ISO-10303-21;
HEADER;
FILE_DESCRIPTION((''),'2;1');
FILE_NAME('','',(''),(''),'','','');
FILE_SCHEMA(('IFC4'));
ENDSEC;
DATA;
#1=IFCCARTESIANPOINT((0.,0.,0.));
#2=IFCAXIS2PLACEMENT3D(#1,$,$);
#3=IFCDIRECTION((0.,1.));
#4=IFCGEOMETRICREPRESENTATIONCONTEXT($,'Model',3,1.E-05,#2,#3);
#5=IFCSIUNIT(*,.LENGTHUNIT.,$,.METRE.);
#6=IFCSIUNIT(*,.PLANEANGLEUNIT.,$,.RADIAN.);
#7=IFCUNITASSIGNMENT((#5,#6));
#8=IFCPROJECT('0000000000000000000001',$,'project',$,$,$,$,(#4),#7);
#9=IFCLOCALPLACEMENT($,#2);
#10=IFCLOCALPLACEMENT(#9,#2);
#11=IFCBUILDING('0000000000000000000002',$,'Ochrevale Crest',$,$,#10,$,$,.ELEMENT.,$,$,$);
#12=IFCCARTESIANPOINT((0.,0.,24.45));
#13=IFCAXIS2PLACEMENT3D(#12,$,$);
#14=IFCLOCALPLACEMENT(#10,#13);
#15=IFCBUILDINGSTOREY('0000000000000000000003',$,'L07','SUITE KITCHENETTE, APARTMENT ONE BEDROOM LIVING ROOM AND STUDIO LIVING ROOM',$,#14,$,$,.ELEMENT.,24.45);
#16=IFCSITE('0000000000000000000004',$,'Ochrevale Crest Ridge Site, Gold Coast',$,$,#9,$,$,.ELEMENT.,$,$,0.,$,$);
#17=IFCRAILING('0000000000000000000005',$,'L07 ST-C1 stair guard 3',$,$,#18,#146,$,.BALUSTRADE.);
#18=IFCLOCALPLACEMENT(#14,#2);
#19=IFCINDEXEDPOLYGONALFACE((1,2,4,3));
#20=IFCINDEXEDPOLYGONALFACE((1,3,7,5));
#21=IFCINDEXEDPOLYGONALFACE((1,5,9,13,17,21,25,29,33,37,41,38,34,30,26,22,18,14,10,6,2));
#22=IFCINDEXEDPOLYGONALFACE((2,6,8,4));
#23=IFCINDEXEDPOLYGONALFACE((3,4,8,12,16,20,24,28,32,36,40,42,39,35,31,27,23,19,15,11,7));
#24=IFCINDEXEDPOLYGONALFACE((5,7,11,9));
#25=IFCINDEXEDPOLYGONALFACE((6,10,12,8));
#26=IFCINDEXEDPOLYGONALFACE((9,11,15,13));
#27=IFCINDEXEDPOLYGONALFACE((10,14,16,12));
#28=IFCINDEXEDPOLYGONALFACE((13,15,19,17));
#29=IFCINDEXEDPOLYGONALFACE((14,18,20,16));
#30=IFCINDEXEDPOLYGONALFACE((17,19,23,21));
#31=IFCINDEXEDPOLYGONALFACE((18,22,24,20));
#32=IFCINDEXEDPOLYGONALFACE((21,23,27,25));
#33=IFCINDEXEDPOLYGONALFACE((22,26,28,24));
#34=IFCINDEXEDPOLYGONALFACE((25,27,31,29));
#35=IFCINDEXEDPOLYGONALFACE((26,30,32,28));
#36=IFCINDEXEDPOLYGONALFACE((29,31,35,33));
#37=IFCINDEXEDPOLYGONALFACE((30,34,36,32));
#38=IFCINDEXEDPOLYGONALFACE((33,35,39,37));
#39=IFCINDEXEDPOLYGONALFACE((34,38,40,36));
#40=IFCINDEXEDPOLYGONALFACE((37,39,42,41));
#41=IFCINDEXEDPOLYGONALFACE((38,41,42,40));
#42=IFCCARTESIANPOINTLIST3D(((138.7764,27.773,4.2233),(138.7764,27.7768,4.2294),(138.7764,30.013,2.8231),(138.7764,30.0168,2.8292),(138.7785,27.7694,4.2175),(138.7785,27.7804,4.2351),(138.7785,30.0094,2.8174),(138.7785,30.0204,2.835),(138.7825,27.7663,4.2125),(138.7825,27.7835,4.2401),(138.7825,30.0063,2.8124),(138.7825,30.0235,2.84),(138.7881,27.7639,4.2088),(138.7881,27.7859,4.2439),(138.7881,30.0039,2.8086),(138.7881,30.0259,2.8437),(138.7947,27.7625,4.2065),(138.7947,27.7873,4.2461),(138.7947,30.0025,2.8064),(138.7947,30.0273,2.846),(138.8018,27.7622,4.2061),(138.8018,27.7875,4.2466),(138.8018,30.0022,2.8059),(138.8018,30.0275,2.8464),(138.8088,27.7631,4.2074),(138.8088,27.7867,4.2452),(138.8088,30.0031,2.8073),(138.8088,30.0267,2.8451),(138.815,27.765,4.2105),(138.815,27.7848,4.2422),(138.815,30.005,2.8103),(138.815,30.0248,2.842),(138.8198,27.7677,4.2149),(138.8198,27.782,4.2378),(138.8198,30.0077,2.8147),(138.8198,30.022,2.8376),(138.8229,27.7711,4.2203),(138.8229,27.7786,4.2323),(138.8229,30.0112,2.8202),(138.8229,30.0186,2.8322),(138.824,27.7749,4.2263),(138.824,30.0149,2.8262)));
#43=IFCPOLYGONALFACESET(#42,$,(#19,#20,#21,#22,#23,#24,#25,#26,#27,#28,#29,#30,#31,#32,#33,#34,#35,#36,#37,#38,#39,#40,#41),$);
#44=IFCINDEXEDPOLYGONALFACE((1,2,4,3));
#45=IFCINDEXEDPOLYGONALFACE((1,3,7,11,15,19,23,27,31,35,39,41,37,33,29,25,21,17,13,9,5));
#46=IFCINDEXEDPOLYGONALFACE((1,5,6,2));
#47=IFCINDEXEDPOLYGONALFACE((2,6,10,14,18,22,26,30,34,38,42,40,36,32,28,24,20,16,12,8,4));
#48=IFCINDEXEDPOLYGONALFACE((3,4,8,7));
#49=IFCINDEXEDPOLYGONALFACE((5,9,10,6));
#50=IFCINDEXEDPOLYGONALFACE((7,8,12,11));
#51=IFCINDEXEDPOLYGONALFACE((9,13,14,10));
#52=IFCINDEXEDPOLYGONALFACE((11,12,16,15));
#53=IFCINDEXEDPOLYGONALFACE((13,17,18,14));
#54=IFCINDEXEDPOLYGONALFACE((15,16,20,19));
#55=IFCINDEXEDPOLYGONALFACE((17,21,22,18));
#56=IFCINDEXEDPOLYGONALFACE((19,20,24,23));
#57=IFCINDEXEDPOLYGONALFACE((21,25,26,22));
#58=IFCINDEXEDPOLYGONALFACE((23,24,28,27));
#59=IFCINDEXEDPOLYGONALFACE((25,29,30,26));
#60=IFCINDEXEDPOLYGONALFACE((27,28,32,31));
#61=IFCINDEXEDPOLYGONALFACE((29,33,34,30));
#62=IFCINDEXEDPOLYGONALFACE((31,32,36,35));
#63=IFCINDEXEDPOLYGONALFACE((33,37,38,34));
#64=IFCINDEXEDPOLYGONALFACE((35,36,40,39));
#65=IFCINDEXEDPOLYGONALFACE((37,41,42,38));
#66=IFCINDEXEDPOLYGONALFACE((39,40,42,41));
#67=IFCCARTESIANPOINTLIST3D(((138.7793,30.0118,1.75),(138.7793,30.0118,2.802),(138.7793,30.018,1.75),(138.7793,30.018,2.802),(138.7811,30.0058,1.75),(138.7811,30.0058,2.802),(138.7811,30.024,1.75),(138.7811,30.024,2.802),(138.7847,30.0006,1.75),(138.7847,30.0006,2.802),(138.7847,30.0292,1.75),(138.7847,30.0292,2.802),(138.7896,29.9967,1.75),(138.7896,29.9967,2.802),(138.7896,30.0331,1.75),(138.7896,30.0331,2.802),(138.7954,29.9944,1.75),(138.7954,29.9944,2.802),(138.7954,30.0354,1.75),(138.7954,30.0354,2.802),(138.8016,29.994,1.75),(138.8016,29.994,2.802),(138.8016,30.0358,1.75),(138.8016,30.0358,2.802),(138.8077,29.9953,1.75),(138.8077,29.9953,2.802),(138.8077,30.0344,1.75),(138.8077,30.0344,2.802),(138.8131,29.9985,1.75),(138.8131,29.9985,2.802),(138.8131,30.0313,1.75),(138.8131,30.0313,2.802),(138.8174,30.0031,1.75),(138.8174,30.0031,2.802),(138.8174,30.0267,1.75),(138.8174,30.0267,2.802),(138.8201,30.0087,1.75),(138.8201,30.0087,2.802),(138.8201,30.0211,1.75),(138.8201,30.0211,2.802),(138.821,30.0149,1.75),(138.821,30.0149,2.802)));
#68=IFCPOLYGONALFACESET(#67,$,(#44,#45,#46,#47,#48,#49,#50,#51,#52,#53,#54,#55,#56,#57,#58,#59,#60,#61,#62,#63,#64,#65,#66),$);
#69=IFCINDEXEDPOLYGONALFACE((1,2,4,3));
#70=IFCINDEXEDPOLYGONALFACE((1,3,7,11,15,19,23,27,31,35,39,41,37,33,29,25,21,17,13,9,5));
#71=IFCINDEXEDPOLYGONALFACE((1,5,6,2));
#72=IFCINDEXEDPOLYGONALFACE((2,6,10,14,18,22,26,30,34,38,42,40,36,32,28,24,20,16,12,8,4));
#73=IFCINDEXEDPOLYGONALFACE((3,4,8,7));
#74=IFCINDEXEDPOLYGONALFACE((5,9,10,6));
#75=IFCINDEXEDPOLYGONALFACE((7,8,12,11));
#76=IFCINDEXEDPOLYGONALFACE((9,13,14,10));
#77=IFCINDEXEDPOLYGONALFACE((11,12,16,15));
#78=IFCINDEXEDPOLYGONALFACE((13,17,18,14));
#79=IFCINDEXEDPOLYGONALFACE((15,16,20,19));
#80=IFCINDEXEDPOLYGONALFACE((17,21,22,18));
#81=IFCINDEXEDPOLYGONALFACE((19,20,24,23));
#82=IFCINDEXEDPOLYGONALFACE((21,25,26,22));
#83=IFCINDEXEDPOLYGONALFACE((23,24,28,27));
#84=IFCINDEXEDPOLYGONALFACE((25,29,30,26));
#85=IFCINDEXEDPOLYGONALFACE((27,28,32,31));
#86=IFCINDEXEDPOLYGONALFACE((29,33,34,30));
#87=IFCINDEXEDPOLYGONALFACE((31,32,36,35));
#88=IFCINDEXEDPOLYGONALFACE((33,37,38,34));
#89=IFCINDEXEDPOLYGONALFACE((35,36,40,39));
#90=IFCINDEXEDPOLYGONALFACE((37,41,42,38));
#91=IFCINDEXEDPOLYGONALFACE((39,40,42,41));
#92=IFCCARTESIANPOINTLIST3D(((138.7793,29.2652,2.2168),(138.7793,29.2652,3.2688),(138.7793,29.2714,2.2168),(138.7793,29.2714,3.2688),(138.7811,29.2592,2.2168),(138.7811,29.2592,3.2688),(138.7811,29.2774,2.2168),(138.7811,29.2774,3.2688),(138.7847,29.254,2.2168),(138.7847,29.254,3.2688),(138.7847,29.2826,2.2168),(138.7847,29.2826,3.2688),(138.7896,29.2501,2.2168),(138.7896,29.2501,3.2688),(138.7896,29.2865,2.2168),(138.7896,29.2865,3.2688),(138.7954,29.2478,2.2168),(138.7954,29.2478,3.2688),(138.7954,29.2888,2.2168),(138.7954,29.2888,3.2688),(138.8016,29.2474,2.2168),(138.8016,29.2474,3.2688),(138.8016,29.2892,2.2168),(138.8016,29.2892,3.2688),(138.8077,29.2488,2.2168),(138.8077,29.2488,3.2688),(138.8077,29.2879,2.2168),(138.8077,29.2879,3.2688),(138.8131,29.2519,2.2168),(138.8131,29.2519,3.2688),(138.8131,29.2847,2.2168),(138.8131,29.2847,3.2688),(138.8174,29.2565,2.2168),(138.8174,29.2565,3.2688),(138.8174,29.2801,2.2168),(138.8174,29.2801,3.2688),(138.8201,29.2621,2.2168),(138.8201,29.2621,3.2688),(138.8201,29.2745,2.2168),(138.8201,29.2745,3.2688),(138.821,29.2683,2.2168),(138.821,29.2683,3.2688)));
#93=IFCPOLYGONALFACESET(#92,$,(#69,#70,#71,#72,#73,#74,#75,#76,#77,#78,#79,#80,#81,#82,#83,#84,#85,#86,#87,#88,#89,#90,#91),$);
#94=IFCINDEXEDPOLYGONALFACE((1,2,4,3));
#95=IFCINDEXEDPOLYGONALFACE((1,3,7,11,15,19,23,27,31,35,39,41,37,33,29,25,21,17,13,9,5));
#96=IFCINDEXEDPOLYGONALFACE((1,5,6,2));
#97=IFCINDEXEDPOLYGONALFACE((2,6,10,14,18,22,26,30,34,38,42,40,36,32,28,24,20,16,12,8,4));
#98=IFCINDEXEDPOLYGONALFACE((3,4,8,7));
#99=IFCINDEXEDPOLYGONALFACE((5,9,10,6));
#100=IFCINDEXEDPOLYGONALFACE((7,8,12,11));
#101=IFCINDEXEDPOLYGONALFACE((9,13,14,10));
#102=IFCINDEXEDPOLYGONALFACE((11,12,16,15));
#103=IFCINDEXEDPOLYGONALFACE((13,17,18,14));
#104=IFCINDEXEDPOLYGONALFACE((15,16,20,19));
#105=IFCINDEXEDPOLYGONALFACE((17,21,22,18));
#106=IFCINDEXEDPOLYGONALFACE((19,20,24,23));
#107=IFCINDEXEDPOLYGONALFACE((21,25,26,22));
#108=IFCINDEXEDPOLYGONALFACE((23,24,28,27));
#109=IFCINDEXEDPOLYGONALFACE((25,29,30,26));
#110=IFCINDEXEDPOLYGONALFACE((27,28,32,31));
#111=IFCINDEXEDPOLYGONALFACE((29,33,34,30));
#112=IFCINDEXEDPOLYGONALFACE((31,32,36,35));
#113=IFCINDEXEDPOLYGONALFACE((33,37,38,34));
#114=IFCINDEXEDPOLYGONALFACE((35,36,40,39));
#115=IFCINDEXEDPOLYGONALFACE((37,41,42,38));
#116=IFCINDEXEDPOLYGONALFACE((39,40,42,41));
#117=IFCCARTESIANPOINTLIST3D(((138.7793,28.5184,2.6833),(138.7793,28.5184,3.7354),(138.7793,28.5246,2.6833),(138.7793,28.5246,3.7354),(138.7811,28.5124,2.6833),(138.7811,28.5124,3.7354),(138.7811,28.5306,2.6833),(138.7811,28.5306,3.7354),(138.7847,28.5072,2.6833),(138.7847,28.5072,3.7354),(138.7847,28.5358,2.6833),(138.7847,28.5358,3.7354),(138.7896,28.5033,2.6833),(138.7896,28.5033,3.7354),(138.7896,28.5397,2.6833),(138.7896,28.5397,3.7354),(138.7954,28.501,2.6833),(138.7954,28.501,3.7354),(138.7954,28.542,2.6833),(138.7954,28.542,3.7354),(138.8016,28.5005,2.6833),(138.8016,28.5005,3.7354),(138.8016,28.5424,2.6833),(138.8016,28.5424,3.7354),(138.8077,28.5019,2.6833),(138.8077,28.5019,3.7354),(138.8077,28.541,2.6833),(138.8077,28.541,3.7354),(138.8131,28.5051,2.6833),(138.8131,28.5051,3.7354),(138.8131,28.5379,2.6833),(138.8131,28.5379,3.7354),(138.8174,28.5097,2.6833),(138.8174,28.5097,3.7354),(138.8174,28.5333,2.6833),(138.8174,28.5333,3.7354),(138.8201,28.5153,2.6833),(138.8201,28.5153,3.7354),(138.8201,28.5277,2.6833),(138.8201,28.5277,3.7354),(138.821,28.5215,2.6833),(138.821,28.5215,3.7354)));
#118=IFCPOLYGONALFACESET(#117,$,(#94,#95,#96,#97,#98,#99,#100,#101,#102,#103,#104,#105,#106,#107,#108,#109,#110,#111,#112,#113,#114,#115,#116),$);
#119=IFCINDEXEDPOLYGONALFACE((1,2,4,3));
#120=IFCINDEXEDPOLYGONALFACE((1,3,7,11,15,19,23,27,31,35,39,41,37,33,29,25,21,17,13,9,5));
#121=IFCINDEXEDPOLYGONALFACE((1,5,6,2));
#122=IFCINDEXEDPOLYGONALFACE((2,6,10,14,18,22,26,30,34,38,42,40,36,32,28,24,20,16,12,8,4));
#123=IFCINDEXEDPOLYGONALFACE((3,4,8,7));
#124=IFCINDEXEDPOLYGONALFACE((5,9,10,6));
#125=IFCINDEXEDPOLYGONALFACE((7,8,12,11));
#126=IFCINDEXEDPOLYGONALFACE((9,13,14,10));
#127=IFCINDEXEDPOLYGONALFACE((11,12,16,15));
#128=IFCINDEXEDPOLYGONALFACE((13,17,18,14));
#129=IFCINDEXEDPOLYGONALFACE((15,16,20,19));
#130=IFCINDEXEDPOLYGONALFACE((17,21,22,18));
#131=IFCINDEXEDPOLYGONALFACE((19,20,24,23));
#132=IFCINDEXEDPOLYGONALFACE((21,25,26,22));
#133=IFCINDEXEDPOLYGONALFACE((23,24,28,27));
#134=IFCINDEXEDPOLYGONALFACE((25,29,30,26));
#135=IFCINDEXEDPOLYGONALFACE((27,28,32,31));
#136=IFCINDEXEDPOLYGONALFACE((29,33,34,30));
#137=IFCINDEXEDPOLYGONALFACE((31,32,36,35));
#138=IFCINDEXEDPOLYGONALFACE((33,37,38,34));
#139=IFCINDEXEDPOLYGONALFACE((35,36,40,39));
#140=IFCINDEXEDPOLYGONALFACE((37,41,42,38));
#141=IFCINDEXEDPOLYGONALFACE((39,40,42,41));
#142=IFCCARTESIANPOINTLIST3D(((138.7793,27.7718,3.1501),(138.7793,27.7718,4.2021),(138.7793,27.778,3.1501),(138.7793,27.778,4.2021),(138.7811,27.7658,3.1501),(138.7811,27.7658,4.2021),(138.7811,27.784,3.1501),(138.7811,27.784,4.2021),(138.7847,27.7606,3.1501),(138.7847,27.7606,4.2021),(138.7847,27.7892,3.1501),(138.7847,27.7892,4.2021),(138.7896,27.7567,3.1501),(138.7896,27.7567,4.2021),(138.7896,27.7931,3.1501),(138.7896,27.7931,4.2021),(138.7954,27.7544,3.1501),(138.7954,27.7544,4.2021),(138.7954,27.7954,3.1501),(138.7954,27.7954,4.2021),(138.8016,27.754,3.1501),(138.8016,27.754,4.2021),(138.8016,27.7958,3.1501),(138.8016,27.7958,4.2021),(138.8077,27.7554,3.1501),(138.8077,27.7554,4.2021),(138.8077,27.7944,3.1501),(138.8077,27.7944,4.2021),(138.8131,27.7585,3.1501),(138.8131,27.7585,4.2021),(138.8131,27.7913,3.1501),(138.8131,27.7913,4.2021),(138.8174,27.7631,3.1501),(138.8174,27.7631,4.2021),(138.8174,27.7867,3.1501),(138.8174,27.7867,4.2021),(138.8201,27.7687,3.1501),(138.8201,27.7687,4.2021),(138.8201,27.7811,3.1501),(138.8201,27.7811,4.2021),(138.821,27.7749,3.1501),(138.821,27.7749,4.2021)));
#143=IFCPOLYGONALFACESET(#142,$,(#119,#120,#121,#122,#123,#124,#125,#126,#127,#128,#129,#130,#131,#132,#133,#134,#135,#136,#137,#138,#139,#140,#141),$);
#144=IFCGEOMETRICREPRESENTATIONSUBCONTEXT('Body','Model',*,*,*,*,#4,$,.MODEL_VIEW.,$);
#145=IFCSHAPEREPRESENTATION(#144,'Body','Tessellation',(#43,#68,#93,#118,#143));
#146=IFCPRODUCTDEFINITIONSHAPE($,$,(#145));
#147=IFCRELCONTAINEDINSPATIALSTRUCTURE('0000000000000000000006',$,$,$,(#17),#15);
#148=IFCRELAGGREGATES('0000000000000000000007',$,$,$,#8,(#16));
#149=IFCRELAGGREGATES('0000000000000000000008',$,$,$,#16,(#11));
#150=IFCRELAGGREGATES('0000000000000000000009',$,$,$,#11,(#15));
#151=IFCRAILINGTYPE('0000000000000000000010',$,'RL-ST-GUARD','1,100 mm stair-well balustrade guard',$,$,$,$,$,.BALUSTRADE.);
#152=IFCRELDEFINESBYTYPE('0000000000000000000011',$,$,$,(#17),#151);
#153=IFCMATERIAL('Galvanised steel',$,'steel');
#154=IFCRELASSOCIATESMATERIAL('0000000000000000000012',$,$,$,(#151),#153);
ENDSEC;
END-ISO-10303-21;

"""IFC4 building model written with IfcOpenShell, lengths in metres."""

from ifc_helpers import new_model, si_unit, direction, frame, origin, origin_2d, place, context, subcontext, project, spatial, circle, extrude, material, type_object, element, save


model = new_model("IFC4")

# Units and contexts
model_context = context("Model", 3, precision=1e-05, world=origin(), true_north=direction((0.0, 1.0)))
body_context = subcontext(model_context, "Body", "Model", "MODEL_VIEW")
ifc_project = project(units=[si_unit("LENGTHUNIT", "METRE"), si_unit("PLANEANGLEUNIT", "RADIAN")], contexts=[model_context])

# Site, building, storey
site_placement = place(None, origin())
site = spatial("IfcSite", under=ifc_project, at=site_placement, Name="Ochrevale Crest Ridge Site, Gold Coast", CompositionType="ELEMENT", RefElevation=0.0)
building_placement = place(site_placement, origin())
building = spatial("IfcBuilding", under=site, at=building_placement, Name="Ochrevale Crest", CompositionType="ELEMENT")
storey_placement = place(building_placement, frame((0.0, 0.0, 24.45)))
storey = spatial("IfcBuildingStorey", under=building, at=storey_placement, Name="L07", Description="SUITE KITCHENETTE, APARTMENT ONE BEDROOM LIVING ROOM AND STUDIO LIVING ROOM", CompositionType="ELEMENT", Elevation=24.45)

# Railing
ifc_material_1 = material(Name="Galvanised steel", Category="steel")
railing_type_1 = type_object("IfcRailingType", Name="RL-ST-GUARD", Description="1,100 mm stair-well balustrade guard", PredefinedType="BALUSTRADE", material=ifc_material_1)
railing_1_placement = place(storey_placement, frame((138.8, 30.0149, 1.75)))
element("IfcRailing", 1, at=railing_1_placement, inside=storey, type_object=railing_type_1, Name="L07 ST-C1 stair guard 3", PredefinedType="BALUSTRADE", context=body_context, shape_type="SweptSolid", body=[
    extrude(circle(Radius=0.0239, at=origin_2d()), frame((0.0, 0.0, 1.0762), z_axis=(0.0, -0.847972, 0.53004), x_axis=(1.0, 0.0, 0.0)), (0.0, 0.0, 1.0), 2.6416),
    extrude(circle(Radius=0.021, at=origin_2d()), origin(), (0.0, 0.0, 1.0), 1.052),
    extrude(circle(Radius=0.021, at=origin_2d()), frame((0.0, -0.7466, 0.4668)), (0.0, 0.0, 1.0), 1.052),
    extrude(circle(Radius=0.021, at=origin_2d()), frame((0.0, -1.4934, 0.9333)), (0.0, 0.0, 1.0), 1.052),
    extrude(circle(Radius=0.021, at=origin_2d()), frame((0.0, -2.24, 1.4001)), (0.0, 0.0, 1.0), 1.052),
])

save(model, "model.ifc")
